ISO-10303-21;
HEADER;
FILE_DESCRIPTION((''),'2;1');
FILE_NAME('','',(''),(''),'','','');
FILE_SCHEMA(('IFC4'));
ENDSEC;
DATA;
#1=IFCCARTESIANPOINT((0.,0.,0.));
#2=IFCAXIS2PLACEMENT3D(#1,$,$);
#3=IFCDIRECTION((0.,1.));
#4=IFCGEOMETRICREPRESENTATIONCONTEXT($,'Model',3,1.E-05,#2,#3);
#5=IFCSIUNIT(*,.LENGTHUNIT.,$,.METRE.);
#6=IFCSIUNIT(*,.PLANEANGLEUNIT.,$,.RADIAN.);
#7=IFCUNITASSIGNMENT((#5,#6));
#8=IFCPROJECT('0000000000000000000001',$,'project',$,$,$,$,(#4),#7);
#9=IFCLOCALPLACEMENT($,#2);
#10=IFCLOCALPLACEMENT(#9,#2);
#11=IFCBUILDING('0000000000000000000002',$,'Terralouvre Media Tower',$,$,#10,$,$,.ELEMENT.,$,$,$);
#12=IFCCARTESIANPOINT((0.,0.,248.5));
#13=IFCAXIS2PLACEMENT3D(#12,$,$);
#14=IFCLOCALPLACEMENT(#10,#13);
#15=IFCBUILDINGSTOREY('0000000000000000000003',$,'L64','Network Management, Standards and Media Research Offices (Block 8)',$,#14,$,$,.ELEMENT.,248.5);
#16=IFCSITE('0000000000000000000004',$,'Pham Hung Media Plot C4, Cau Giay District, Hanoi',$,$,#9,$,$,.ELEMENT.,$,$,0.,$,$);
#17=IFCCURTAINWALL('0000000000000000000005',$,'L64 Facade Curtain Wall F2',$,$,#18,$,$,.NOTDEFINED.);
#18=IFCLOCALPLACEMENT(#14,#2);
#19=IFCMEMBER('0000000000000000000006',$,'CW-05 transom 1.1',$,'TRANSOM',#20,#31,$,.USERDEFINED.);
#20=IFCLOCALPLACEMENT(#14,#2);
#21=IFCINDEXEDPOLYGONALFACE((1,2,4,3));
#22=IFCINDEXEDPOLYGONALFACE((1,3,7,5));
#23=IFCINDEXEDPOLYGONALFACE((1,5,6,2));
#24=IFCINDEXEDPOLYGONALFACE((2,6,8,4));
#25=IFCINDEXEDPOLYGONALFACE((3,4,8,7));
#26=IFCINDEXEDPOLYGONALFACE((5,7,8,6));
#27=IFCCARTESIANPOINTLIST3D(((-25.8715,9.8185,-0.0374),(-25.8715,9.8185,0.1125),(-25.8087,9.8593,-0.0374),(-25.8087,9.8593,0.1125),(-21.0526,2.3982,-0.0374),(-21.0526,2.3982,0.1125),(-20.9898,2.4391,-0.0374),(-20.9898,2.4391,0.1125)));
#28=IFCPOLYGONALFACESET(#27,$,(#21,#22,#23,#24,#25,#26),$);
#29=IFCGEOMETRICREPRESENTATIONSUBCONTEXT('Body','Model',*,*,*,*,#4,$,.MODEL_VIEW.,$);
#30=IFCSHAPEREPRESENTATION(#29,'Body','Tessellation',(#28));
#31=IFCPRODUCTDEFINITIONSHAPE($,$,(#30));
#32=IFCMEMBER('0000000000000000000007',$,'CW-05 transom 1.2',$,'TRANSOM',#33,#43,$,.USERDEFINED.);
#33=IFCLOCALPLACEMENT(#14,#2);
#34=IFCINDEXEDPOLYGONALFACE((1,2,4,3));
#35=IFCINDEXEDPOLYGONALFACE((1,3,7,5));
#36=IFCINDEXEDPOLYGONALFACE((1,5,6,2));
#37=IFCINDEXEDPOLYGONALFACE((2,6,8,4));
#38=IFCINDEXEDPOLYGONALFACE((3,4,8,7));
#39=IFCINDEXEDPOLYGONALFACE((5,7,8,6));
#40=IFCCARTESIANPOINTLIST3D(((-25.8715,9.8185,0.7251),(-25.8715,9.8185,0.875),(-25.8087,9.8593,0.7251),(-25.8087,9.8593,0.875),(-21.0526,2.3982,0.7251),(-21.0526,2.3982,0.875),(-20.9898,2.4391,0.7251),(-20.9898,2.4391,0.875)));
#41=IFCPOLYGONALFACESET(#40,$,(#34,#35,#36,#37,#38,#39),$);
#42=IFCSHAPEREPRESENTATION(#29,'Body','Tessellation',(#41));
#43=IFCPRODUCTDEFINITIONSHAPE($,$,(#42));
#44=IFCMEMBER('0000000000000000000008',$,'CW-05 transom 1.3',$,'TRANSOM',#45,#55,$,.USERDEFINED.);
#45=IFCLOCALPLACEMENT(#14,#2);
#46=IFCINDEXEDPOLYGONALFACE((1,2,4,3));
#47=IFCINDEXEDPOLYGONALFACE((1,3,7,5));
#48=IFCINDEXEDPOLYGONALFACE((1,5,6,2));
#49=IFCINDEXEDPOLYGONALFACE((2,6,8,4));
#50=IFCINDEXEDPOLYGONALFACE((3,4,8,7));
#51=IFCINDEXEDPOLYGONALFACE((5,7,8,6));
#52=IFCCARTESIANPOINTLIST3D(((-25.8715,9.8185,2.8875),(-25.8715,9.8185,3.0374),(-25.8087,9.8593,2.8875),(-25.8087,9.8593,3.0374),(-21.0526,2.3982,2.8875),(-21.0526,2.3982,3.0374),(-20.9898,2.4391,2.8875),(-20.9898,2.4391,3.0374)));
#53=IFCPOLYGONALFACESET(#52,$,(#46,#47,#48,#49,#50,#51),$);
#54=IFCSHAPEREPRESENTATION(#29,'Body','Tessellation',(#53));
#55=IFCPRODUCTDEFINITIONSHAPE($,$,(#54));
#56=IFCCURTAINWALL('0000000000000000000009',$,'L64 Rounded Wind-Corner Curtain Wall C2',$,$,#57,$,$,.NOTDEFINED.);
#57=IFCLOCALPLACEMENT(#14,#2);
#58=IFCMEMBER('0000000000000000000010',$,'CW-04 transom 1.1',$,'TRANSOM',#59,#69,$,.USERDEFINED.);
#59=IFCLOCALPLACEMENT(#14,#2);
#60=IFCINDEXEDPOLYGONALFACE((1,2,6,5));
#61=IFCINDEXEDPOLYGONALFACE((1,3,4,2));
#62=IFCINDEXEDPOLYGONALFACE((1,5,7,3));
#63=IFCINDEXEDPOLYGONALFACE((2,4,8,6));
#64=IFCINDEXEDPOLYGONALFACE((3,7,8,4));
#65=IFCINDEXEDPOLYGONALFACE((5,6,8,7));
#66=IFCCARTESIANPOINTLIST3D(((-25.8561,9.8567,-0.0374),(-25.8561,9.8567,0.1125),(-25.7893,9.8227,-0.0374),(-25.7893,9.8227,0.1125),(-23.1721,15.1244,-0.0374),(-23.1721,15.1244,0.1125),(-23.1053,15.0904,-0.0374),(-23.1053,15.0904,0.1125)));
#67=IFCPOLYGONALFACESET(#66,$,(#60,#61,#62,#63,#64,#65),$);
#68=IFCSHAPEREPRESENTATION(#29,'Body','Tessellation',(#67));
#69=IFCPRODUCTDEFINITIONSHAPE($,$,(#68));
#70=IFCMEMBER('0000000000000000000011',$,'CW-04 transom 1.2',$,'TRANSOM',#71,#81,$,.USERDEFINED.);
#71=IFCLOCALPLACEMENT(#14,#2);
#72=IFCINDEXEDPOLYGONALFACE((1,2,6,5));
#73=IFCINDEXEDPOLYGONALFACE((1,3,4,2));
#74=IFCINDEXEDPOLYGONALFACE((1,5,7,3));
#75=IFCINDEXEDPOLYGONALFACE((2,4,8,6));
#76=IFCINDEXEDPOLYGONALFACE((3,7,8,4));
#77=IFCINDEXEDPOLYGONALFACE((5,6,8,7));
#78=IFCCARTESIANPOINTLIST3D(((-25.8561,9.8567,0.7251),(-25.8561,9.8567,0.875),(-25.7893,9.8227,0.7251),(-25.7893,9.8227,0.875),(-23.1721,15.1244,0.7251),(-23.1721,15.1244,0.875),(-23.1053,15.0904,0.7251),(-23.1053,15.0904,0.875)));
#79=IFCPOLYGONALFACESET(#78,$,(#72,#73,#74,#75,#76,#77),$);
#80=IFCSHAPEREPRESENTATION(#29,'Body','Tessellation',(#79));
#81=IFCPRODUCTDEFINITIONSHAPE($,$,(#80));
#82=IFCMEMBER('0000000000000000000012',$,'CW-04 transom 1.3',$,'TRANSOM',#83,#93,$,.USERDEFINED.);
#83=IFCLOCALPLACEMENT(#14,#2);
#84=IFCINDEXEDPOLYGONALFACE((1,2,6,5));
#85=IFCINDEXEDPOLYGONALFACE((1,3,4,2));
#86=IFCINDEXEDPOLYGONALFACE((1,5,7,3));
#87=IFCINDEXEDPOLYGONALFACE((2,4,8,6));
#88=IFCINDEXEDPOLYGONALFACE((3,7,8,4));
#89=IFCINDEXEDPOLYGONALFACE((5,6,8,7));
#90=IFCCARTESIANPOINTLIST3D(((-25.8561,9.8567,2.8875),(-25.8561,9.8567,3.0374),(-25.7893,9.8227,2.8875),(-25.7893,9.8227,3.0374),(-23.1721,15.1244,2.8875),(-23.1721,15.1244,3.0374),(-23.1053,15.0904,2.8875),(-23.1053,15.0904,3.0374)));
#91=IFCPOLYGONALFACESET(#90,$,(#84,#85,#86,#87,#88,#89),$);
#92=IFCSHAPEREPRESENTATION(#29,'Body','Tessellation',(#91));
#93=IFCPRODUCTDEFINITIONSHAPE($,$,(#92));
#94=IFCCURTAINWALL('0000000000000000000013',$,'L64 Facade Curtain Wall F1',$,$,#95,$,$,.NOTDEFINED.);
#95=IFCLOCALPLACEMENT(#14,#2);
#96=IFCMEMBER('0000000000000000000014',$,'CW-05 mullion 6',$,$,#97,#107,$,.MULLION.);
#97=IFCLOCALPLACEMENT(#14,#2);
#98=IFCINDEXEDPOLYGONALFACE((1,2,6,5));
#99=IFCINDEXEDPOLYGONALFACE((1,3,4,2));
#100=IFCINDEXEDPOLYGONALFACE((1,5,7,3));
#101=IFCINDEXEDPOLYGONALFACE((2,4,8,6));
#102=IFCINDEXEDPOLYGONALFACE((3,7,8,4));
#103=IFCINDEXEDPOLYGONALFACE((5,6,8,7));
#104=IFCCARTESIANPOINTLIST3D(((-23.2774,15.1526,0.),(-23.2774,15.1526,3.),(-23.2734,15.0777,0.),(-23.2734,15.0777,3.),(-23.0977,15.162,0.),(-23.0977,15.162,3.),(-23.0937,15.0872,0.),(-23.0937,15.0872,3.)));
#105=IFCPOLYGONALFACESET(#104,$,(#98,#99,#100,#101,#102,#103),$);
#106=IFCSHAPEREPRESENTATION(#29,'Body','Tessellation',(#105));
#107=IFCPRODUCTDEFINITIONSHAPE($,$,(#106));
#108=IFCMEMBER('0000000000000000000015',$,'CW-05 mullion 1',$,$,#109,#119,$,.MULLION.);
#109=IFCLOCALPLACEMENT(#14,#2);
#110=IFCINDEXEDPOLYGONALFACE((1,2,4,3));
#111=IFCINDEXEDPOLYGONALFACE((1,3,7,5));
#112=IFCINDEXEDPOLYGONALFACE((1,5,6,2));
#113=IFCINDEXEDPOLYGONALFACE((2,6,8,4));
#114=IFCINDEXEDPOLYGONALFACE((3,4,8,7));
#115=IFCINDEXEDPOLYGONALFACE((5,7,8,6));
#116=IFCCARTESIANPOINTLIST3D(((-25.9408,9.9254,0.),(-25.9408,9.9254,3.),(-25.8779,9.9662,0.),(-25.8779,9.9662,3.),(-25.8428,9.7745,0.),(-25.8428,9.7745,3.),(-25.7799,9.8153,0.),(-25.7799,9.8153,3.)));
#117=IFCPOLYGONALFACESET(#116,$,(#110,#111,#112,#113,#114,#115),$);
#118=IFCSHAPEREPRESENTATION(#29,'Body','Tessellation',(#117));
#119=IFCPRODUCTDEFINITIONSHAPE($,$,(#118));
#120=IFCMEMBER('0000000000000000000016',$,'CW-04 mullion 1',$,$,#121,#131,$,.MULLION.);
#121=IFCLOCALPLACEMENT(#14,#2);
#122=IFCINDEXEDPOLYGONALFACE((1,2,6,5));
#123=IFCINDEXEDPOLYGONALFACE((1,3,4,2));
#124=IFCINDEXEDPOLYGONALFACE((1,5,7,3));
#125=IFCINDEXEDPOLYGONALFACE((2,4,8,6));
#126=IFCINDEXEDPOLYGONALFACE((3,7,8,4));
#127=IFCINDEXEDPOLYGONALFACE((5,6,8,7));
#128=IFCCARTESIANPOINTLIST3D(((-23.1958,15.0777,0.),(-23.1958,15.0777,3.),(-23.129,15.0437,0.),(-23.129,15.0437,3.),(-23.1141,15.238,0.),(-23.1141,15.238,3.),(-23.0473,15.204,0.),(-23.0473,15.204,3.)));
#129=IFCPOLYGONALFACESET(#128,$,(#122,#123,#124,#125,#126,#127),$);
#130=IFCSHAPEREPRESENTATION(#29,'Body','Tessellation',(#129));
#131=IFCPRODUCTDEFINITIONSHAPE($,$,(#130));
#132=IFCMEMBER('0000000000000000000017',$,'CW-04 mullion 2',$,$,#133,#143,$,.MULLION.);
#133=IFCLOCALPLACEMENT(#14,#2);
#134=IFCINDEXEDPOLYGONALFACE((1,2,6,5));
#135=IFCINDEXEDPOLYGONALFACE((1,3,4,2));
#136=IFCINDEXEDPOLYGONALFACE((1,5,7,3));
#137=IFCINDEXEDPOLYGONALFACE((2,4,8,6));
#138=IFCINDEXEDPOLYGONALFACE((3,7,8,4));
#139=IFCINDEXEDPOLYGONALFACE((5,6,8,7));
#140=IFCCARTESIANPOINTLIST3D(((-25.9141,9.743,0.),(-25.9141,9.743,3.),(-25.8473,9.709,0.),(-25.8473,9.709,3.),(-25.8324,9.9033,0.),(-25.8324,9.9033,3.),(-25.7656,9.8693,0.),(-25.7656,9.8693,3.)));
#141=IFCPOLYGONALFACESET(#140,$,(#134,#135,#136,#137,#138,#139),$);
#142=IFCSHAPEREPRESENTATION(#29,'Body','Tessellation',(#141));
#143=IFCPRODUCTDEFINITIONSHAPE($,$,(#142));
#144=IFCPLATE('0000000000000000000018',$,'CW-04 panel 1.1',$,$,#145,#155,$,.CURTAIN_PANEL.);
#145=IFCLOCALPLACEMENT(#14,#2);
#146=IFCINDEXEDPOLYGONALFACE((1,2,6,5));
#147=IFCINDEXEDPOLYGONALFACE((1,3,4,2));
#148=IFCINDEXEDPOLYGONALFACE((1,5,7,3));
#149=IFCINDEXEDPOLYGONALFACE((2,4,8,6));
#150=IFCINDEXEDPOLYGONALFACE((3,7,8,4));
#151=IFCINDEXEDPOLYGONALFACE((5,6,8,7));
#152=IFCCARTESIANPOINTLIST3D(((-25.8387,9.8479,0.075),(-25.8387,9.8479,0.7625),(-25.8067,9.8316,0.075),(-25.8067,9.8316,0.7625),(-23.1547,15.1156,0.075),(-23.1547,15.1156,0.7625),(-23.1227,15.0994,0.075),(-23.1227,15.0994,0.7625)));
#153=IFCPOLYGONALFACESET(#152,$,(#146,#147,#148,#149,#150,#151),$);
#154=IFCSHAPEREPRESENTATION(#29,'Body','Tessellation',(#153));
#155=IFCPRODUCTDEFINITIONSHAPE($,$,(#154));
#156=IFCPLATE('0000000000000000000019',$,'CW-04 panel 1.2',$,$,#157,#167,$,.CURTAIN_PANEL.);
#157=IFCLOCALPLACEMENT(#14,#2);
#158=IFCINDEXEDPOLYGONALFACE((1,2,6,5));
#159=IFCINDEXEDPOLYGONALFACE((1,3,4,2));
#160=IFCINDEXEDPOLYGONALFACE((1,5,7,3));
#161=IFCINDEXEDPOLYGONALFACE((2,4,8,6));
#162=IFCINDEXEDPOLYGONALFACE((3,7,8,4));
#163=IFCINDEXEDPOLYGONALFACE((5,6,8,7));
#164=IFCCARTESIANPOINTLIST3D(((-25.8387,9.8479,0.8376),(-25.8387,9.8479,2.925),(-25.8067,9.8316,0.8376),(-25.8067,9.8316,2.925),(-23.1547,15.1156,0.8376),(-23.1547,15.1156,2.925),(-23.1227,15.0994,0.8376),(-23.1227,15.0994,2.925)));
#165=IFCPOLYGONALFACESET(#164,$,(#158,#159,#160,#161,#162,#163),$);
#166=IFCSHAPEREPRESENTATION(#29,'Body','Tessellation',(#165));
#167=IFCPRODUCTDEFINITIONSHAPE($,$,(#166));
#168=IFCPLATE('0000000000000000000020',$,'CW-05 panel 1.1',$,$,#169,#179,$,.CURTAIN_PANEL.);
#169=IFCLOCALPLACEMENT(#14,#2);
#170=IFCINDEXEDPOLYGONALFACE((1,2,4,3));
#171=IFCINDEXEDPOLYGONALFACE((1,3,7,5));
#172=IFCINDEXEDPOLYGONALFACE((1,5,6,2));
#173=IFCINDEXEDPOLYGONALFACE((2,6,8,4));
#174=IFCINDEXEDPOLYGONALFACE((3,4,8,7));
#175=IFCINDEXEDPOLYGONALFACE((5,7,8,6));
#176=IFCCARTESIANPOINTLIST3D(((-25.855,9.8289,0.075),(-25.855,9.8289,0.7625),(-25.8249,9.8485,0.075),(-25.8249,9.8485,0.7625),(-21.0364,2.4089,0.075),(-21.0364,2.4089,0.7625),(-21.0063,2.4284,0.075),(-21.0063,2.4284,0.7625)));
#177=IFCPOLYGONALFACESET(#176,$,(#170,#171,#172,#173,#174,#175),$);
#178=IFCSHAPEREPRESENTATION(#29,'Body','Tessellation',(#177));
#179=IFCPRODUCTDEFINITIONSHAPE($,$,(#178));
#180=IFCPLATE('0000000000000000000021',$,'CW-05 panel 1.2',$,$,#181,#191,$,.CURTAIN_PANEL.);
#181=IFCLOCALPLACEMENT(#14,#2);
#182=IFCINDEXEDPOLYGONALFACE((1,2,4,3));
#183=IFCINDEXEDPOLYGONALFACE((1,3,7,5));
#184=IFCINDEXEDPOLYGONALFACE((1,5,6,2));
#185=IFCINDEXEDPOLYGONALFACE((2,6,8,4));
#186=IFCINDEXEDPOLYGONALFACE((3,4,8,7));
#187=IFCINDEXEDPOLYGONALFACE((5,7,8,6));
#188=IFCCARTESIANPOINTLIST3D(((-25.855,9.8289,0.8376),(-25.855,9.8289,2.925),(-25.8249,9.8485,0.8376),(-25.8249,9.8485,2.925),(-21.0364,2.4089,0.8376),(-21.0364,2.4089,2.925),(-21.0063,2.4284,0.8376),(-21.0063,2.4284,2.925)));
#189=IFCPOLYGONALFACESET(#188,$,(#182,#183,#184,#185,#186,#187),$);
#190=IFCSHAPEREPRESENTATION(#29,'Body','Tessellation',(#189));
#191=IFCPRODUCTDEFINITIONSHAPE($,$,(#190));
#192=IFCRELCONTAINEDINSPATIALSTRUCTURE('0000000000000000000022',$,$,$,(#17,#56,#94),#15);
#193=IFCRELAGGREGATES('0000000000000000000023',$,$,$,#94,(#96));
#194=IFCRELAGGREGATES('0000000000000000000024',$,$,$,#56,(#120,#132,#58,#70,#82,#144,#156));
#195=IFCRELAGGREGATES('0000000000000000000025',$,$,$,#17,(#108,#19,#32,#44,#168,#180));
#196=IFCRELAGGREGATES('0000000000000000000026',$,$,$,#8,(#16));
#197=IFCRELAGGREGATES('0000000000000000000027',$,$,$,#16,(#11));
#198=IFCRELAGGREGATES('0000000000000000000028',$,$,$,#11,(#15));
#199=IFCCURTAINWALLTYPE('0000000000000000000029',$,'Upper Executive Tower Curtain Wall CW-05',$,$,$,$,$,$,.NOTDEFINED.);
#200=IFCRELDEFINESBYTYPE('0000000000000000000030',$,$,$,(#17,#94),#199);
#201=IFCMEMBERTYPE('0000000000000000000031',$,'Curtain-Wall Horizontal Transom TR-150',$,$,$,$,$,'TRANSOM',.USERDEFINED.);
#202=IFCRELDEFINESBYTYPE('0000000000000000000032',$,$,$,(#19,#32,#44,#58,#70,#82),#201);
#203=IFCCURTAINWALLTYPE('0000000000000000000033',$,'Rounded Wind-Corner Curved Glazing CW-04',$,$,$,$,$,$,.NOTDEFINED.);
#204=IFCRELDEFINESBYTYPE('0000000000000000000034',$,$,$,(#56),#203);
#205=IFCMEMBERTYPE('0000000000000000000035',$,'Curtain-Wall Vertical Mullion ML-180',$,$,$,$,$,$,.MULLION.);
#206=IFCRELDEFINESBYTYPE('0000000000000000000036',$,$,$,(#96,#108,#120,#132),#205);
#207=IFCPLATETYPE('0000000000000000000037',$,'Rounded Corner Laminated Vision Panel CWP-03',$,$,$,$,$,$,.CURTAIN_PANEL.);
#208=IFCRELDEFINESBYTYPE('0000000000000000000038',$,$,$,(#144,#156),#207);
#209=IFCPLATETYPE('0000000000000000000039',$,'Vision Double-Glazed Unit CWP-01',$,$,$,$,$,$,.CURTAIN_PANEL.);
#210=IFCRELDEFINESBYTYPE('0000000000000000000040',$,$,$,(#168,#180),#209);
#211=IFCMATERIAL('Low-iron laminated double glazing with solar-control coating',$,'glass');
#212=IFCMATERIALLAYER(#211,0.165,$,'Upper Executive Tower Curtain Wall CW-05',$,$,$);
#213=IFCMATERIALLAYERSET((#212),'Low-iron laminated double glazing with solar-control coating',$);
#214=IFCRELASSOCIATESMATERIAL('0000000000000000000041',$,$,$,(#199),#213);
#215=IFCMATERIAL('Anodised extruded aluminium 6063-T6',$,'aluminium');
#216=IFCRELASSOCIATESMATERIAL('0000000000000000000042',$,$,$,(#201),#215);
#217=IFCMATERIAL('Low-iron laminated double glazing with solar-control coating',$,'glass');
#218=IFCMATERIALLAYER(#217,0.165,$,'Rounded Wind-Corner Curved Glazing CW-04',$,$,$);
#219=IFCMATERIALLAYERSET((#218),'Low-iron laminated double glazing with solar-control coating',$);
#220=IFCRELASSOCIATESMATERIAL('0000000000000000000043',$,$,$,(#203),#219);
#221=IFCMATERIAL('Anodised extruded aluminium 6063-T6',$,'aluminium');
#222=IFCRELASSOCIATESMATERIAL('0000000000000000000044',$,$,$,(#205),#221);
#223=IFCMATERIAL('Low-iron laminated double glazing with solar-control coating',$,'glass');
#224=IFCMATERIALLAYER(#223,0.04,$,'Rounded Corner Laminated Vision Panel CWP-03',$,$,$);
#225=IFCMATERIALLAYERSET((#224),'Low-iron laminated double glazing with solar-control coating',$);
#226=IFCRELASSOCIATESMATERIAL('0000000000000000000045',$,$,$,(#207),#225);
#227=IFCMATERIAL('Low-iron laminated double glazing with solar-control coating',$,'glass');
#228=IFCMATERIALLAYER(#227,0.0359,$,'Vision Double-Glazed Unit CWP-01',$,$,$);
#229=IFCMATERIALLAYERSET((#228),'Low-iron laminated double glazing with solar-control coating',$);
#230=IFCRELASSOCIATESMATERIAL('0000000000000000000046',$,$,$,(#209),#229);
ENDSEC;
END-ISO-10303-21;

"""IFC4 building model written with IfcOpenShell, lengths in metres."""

from ifc_helpers import new_model, si_unit, direction, frame, origin, origin_2d, place, context, subcontext, project, spatial, rectangle, extrude, material, layer, layer_set, material_profile, profile_set, type_object, element, aggregate, save


model = new_model("IFC4")

# Units and contexts
model_context = context("Model", 3, precision=1e-05, world=origin(), true_north=direction((0.0, 1.0)))
body_context = subcontext(model_context, "Body", "Model", "MODEL_VIEW")
ifc_project = project(units=[si_unit("LENGTHUNIT", "METRE"), si_unit("PLANEANGLEUNIT", "RADIAN")], contexts=[model_context])

# Site, building, storey
site_placement = place(None, origin())
site = spatial("IfcSite", under=ifc_project, at=site_placement, Name="Pham Hung Media Plot C4, Cau Giay District, Hanoi", CompositionType="ELEMENT", RefElevation=0.0)
building_placement = place(site_placement, origin())
building = spatial("IfcBuilding", under=site, at=building_placement, Name="Terralouvre Media Tower", CompositionType="ELEMENT")
storey_placement = place(building_placement, frame((0.0, 0.0, 248.5)))
storey = spatial("IfcBuildingStorey", under=building, at=storey_placement, Name="L64", Description="Network Management, Standards and Media Research Offices (Block 8)", CompositionType="ELEMENT", Elevation=248.5)

# Curtain walls, members
ifc_material_1 = material(Name="Low-iron laminated double glazing with solar-control coating", Category="glass")
ifc_layer_1 = layer(ifc_material_1, 0.165, Name="Upper Executive Tower Curtain Wall CW-05")
ifc_layer_set_1 = layer_set([ifc_layer_1], Name="Low-iron laminated double glazing with solar-control coating")
curtain_wall_type_1 = type_object("IfcCurtainWallType", Name="Upper Executive Tower Curtain Wall CW-05", PredefinedType="NOTDEFINED", material=ifc_layer_set_1)
curtain_wall_1_placement = place(storey_placement, origin())
curtain_wall_1 = element("IfcCurtainWall", 1, at=curtain_wall_1_placement, inside=storey, type_object=curtain_wall_type_1, Name="L64 Facade Curtain Wall F2", PredefinedType="NOTDEFINED")
ifc_material_2 = material(Name="Anodised extruded aluminium 6063-T6", Category="aluminium")
ifc_material_profile_1 = material_profile(ifc_material_2, rectangle(XDim=0.075, YDim=0.1499, at=origin_2d()), Name="ALU 75x150")
ifc_profile_set_1 = profile_set([ifc_material_profile_1], Name="Anodised extruded aluminium 6063-T6")
member_type_1 = type_object("IfcMemberType", Name="Curtain-Wall Horizontal Transom TR-150", ElementType="TRANSOM", PredefinedType="USERDEFINED", material=ifc_profile_set_1)
member_1_placement = place(storey_placement, frame((-25.8401, 9.8389, 0.0376), z_axis=(0.54465, -0.838664, 0.0), x_axis=(0.838664, 0.54465, 0.0)))
member_1 = element("IfcMember", 2, at=member_1_placement, type_object=member_type_1, Name="CW-05 transom 1.1", ObjectType="TRANSOM", PredefinedType="USERDEFINED", context=body_context, shape_type="SweptSolid", body=[
    extrude(rectangle(XDim=0.075, YDim=0.1499, at=origin_2d()), origin(), (0.0, 0.0, 1.0), 8.8477),
])
member_2_placement = place(storey_placement, frame((-25.8401, 9.8389, 0.8), z_axis=(0.54465, -0.838664, 0.0), x_axis=(0.838664, 0.54465, 0.0)))
member_2 = element("IfcMember", 3, at=member_2_placement, type_object=member_type_1, Name="CW-05 transom 1.2", ObjectType="TRANSOM", PredefinedType="USERDEFINED", context=body_context, shape_type="SweptSolid", body=[
    extrude(rectangle(XDim=0.075, YDim=0.1499, at=origin_2d()), origin(), (0.0, 0.0, 1.0), 8.8477),
])
member_3_placement = place(storey_placement, frame((-25.8401, 9.8389, 2.9624), z_axis=(0.54465, -0.838664, 0.0), x_axis=(0.838664, 0.54465, 0.0)))
member_3 = element("IfcMember", 4, at=member_3_placement, type_object=member_type_1, Name="CW-05 transom 1.3", ObjectType="TRANSOM", PredefinedType="USERDEFINED", context=body_context, shape_type="SweptSolid", body=[
    extrude(rectangle(XDim=0.075, YDim=0.1499, at=origin_2d()), origin(), (0.0, 0.0, 1.0), 8.8477),
])
ifc_material_3 = material(Name="Low-iron laminated double glazing with solar-control coating", Category="glass")
ifc_layer_2 = layer(ifc_material_3, 0.165, Name="Rounded Wind-Corner Curved Glazing CW-04")
ifc_layer_set_2 = layer_set([ifc_layer_2], Name="Low-iron laminated double glazing with solar-control coating")
curtain_wall_type_2 = type_object("IfcCurtainWallType", Name="Rounded Wind-Corner Curved Glazing CW-04", PredefinedType="NOTDEFINED", material=ifc_layer_set_2)
curtain_wall_2_placement = place(storey_placement, origin())
curtain_wall_2 = element("IfcCurtainWall", 5, at=curtain_wall_2_placement, inside=storey, type_object=curtain_wall_type_2, Name="L64 Rounded Wind-Corner Curtain Wall C2", PredefinedType="NOTDEFINED")
member_4_placement = place(storey_placement, frame((-23.1387, 15.1074, 0.0376), z_axis=(-0.453989, -0.891007, 0.0), x_axis=(0.891007, -0.453989, 0.0)))
member_4 = element("IfcMember", 6, at=member_4_placement, type_object=member_type_1, Name="CW-04 transom 1.1", ObjectType="TRANSOM", PredefinedType="USERDEFINED", context=body_context, shape_type="SweptSolid", body=[
    extrude(rectangle(XDim=0.075, YDim=0.1499, at=origin_2d()), origin(), (0.0, 0.0, 1.0), 5.9121),
])
member_5_placement = place(storey_placement, frame((-23.1387, 15.1074, 0.8), z_axis=(-0.453989, -0.891007, 0.0), x_axis=(0.891007, -0.453989, 0.0)))
member_5 = element("IfcMember", 7, at=member_5_placement, type_object=member_type_1, Name="CW-04 transom 1.2", ObjectType="TRANSOM", PredefinedType="USERDEFINED", context=body_context, shape_type="SweptSolid", body=[
    extrude(rectangle(XDim=0.075, YDim=0.1499, at=origin_2d()), origin(), (0.0, 0.0, 1.0), 5.9121),
])
member_6_placement = place(storey_placement, frame((-23.1387, 15.1074, 2.9624), z_axis=(-0.453989, -0.891007, 0.0), x_axis=(0.891007, -0.453989, 0.0)))
member_6 = element("IfcMember", 8, at=member_6_placement, type_object=member_type_1, Name="CW-04 transom 1.3", ObjectType="TRANSOM", PredefinedType="USERDEFINED", context=body_context, shape_type="SweptSolid", body=[
    extrude(rectangle(XDim=0.075, YDim=0.1499, at=origin_2d()), origin(), (0.0, 0.0, 1.0), 5.9121),
])

# Curtain wall, member
curtain_wall_3_placement = place(storey_placement, origin())
curtain_wall_3 = element("IfcCurtainWall", 9, at=curtain_wall_3_placement, inside=storey, type_object=curtain_wall_type_1, Name="L64 Facade Curtain Wall F1", PredefinedType="NOTDEFINED")
ifc_material_4 = material(Name="Anodised extruded aluminium 6063-T6", Category="aluminium")
ifc_material_profile_2 = material_profile(ifc_material_4, rectangle(XDim=0.075, YDim=0.1799, at=origin_2d()), Name="ALU 75x180")
ifc_profile_set_2 = profile_set([ifc_material_profile_2], Name="Anodised extruded aluminium 6063-T6")
member_type_2 = type_object("IfcMemberType", Name="Curtain-Wall Vertical Mullion ML-180", PredefinedType="MULLION", material=ifc_profile_set_2)
member_7_placement = place(storey_placement, frame((-23.1855, 15.1199, 0.0), z_axis=(0.0, 0.0, 1.0), x_axis=(0.052336, -0.99863, 0.0)))
member_7 = element("IfcMember", 10, at=member_7_placement, type_object=member_type_2, Name="CW-05 mullion 6", PredefinedType="MULLION", context=body_context, shape_type="SweptSolid", body=[
    extrude(rectangle(XDim=0.075, YDim=0.1799, at=origin_2d()), origin(), (0.0, 0.0, 1.0), 3.0),
])
aggregate(curtain_wall_3, [member_7])

# Members
member_8_placement = place(storey_placement, frame((-25.8604, 9.8704, 0.0), z_axis=(0.0, 0.0, 1.0), x_axis=(0.838671, 0.544639, 0.0)))
member_8 = element("IfcMember", 11, at=member_8_placement, type_object=member_type_2, Name="CW-05 mullion 1", PredefinedType="MULLION", context=body_context, shape_type="SweptSolid", body=[
    extrude(rectangle(XDim=0.075, YDim=0.1799, at=origin_2d()), origin(), (0.0, 0.0, 1.0), 3.0),
])
member_9_placement = place(storey_placement, frame((-23.1216, 15.1409, 0.0), z_axis=(0.0, 0.0, 1.0), x_axis=(0.891007, -0.45399, 0.0)))
member_9 = element("IfcMember", 12, at=member_9_placement, type_object=member_type_2, Name="CW-04 mullion 1", PredefinedType="MULLION", context=body_context, shape_type="SweptSolid", body=[
    extrude(rectangle(XDim=0.075, YDim=0.1799, at=origin_2d()), origin(), (0.0, 0.0, 1.0), 3.0),
])
member_10_placement = place(storey_placement, frame((-25.8398, 9.8062, 0.0), z_axis=(0.0, 0.0, 1.0), x_axis=(0.891007, -0.45399, 0.0)))
member_10 = element("IfcMember", 13, at=member_10_placement, type_object=member_type_2, Name="CW-04 mullion 2", PredefinedType="MULLION", context=body_context, shape_type="SweptSolid", body=[
    extrude(rectangle(XDim=0.075, YDim=0.1799, at=origin_2d()), origin(), (0.0, 0.0, 1.0), 3.0),
])

# Plates
ifc_material_5 = material(Name="Low-iron laminated double glazing with solar-control coating", Category="glass")
ifc_layer_3 = layer(ifc_material_5, 0.04, Name="Rounded Corner Laminated Vision Panel CWP-03")
ifc_layer_set_3 = layer_set([ifc_layer_3], Name="Low-iron laminated double glazing with solar-control coating")
plate_type_1 = type_object("IfcPlateType", Name="Rounded Corner Laminated Vision Panel CWP-03", PredefinedType="CURTAIN_PANEL", material=ifc_layer_set_3)
plate_1_placement = place(storey_placement, frame((-24.4807, 12.4736, 0.075), z_axis=(0.0, 0.0, 1.0), x_axis=(-0.45399, -0.891007, 0.0)))
plate_1 = element("IfcPlate", 14, at=plate_1_placement, type_object=plate_type_1, Name="CW-04 panel 1.1", PredefinedType="CURTAIN_PANEL", context=body_context, shape_type="SweptSolid", body=[
    extrude(rectangle(XDim=5.9121, YDim=0.0359, at=origin_2d()), origin(), (0.0, 0.0, 1.0), 0.6875),
])
plate_2_placement = place(storey_placement, frame((-24.4807, 12.4736, 0.8376), z_axis=(0.0, 0.0, 1.0), x_axis=(-0.45399, -0.891007, 0.0)))
plate_2 = element("IfcPlate", 15, at=plate_2_placement, type_object=plate_type_1, Name="CW-04 panel 1.2", PredefinedType="CURTAIN_PANEL", context=body_context, shape_type="SweptSolid", body=[
    extrude(rectangle(XDim=5.9121, YDim=0.0359, at=origin_2d()), origin(), (0.0, 0.0, 1.0), 2.0874),
])
aggregate(curtain_wall_2, [member_9, member_10, member_4, member_5, member_6, plate_1, plate_2])
ifc_material_6 = material(Name="Low-iron laminated double glazing with solar-control coating", Category="glass")
ifc_layer_4 = layer(ifc_material_6, 0.0359, Name="Vision Double-Glazed Unit CWP-01")
ifc_layer_set_4 = layer_set([ifc_layer_4], Name="Low-iron laminated double glazing with solar-control coating")
plate_type_2 = type_object("IfcPlateType", Name="Vision Double-Glazed Unit CWP-01", PredefinedType="CURTAIN_PANEL", material=ifc_layer_set_4)
plate_3_placement = place(storey_placement, frame((-23.4307, 6.1287, 0.075), z_axis=(0.0, 0.0, 1.0), x_axis=(0.544639, -0.838671, 0.0)))
plate_3 = element("IfcPlate", 16, at=plate_3_placement, type_object=plate_type_2, Name="CW-05 panel 1.1", PredefinedType="CURTAIN_PANEL", context=body_context, shape_type="SweptSolid", body=[
    extrude(rectangle(XDim=8.8474, YDim=0.0359, at=origin_2d()), origin(), (0.0, 0.0, 1.0), 0.6875),
])
plate_4_placement = place(storey_placement, frame((-23.4307, 6.1287, 0.8376), z_axis=(0.0, 0.0, 1.0), x_axis=(0.544639, -0.838671, 0.0)))
plate_4 = element("IfcPlate", 17, at=plate_4_placement, type_object=plate_type_2, Name="CW-05 panel 1.2", PredefinedType="CURTAIN_PANEL", context=body_context, shape_type="SweptSolid", body=[
    extrude(rectangle(XDim=8.8474, YDim=0.0359, at=origin_2d()), origin(), (0.0, 0.0, 1.0), 2.0874),
])
aggregate(curtain_wall_1, [member_8, member_1, member_2, member_3, plate_3, plate_4])

save(model, "model.ifc")
